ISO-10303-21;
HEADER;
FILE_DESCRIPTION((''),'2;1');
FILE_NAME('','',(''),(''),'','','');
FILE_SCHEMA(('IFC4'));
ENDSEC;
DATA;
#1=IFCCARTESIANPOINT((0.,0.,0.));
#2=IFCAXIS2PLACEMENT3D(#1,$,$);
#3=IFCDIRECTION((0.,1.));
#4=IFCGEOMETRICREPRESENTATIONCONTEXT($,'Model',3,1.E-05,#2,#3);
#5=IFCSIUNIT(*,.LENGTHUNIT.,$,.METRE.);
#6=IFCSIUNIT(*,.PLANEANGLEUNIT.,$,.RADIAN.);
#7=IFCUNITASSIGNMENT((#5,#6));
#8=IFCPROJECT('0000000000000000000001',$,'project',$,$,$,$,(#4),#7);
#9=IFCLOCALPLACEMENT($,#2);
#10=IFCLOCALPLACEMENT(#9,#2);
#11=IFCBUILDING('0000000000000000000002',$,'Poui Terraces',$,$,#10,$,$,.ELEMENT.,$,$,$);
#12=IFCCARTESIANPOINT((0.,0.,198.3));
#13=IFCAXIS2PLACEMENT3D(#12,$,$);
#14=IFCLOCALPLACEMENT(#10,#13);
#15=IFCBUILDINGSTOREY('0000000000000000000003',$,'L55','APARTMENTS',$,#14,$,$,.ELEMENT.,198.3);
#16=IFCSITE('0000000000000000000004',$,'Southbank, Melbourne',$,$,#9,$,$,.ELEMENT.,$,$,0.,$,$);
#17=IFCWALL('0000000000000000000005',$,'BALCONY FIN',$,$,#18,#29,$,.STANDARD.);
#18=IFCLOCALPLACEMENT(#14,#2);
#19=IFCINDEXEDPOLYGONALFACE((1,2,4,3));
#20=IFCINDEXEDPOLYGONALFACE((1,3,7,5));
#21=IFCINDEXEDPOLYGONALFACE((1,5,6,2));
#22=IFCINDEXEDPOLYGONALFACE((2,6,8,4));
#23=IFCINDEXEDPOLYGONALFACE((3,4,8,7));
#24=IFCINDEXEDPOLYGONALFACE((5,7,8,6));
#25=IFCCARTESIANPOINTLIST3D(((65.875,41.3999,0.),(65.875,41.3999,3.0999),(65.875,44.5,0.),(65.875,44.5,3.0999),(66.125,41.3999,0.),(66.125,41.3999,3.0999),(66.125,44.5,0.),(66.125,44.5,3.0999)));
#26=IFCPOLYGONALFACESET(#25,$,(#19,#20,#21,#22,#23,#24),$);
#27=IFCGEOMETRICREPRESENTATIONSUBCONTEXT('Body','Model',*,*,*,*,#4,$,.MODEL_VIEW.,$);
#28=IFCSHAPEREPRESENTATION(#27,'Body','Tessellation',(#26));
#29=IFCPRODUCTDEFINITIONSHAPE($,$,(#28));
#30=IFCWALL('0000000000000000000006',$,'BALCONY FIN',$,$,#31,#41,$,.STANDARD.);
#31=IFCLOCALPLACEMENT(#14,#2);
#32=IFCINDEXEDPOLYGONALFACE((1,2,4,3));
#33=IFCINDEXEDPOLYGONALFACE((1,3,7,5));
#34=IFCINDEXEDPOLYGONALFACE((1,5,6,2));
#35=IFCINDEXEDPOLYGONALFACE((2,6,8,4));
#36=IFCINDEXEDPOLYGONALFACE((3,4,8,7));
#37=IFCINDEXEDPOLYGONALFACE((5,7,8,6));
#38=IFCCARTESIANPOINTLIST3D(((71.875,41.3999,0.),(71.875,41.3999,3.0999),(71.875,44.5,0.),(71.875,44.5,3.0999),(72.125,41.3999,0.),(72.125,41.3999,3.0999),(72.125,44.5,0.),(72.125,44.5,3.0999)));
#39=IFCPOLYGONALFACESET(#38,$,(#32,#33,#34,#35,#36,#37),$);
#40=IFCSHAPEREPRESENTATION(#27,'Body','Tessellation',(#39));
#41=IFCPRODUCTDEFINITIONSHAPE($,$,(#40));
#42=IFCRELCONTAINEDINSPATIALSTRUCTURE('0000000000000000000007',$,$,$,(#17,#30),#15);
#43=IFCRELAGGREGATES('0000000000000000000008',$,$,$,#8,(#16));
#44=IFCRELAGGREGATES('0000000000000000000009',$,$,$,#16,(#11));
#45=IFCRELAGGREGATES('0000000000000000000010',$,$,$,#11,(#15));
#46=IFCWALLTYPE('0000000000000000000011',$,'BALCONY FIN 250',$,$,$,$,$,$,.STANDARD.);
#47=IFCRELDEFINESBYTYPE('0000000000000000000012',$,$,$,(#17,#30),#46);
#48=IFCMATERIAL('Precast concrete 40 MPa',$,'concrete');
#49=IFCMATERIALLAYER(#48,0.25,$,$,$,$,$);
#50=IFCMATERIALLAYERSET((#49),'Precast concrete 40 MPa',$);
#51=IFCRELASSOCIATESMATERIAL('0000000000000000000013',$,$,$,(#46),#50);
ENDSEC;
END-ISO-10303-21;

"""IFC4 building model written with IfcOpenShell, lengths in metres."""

from ifc_helpers import new_model, si_unit, direction, frame, origin, place, context, subcontext, project, spatial, polyline, outline, extrude, source, transform, mapped, material, layer, layer_set, type_object, element, save


model = new_model("IFC4")

# Units and contexts
model_context = context("Model", 3, precision=1e-05, world=origin(), true_north=direction((0.0, 1.0)))
body_context = subcontext(model_context, "Body", "Model", "MODEL_VIEW")
ifc_project = project(units=[si_unit("LENGTHUNIT", "METRE"), si_unit("PLANEANGLEUNIT", "RADIAN")], contexts=[model_context])

# Site, building, storey
site_placement = place(None, origin())
site = spatial("IfcSite", under=ifc_project, at=site_placement, Name="Southbank, Melbourne", CompositionType="ELEMENT", RefElevation=0.0)
building_placement = place(site_placement, origin())
building = spatial("IfcBuilding", under=site, at=building_placement, Name="Poui Terraces", CompositionType="ELEMENT")
storey_placement = place(building_placement, frame((0.0, 0.0, 198.3)))
storey = spatial("IfcBuildingStorey", under=building, at=storey_placement, Name="L55", Description="APARTMENTS", CompositionType="ELEMENT", Elevation=198.3)

# Walls
ifc_material_1 = material(Name="Precast concrete 40 MPa", Category="concrete")
ifc_layer = layer(ifc_material_1, 0.25)
ifc_layer_set = layer_set([ifc_layer], Name="Precast concrete 40 MPa")
wall_type = type_object("IfcWallType", Name="BALCONY FIN 250", PredefinedType="STANDARD", material=ifc_layer_set)
shared_shape_1 = source(origin(), body_context, "Body", "SweptSolid", [
    extrude(outline(polyline([(0.0, 0.0), (0.25, 0.0), (0.25, 3.1001), (0.0, 3.1001), (0.0, 0.0)])), origin(), (0.0, 0.0, 1.0), 3.0999),
])
for number, where, name in (
    (1, (65.875, 41.3999, 0.0), "BALCONY FIN"),
    (2, (71.875, 41.3999, 0.0), "BALCONY FIN"),
):
    element("IfcWall", number, at=place(storey_placement, frame(where)), inside=storey, type_object=wall_type, Name=name, PredefinedType="STANDARD", context=body_context, shape_type="MappedRepresentation", body=[
        mapped(shared_shape_1, transform((0.0, 0.0, 0.0))),
    ])

save(model, "model.ifc")
